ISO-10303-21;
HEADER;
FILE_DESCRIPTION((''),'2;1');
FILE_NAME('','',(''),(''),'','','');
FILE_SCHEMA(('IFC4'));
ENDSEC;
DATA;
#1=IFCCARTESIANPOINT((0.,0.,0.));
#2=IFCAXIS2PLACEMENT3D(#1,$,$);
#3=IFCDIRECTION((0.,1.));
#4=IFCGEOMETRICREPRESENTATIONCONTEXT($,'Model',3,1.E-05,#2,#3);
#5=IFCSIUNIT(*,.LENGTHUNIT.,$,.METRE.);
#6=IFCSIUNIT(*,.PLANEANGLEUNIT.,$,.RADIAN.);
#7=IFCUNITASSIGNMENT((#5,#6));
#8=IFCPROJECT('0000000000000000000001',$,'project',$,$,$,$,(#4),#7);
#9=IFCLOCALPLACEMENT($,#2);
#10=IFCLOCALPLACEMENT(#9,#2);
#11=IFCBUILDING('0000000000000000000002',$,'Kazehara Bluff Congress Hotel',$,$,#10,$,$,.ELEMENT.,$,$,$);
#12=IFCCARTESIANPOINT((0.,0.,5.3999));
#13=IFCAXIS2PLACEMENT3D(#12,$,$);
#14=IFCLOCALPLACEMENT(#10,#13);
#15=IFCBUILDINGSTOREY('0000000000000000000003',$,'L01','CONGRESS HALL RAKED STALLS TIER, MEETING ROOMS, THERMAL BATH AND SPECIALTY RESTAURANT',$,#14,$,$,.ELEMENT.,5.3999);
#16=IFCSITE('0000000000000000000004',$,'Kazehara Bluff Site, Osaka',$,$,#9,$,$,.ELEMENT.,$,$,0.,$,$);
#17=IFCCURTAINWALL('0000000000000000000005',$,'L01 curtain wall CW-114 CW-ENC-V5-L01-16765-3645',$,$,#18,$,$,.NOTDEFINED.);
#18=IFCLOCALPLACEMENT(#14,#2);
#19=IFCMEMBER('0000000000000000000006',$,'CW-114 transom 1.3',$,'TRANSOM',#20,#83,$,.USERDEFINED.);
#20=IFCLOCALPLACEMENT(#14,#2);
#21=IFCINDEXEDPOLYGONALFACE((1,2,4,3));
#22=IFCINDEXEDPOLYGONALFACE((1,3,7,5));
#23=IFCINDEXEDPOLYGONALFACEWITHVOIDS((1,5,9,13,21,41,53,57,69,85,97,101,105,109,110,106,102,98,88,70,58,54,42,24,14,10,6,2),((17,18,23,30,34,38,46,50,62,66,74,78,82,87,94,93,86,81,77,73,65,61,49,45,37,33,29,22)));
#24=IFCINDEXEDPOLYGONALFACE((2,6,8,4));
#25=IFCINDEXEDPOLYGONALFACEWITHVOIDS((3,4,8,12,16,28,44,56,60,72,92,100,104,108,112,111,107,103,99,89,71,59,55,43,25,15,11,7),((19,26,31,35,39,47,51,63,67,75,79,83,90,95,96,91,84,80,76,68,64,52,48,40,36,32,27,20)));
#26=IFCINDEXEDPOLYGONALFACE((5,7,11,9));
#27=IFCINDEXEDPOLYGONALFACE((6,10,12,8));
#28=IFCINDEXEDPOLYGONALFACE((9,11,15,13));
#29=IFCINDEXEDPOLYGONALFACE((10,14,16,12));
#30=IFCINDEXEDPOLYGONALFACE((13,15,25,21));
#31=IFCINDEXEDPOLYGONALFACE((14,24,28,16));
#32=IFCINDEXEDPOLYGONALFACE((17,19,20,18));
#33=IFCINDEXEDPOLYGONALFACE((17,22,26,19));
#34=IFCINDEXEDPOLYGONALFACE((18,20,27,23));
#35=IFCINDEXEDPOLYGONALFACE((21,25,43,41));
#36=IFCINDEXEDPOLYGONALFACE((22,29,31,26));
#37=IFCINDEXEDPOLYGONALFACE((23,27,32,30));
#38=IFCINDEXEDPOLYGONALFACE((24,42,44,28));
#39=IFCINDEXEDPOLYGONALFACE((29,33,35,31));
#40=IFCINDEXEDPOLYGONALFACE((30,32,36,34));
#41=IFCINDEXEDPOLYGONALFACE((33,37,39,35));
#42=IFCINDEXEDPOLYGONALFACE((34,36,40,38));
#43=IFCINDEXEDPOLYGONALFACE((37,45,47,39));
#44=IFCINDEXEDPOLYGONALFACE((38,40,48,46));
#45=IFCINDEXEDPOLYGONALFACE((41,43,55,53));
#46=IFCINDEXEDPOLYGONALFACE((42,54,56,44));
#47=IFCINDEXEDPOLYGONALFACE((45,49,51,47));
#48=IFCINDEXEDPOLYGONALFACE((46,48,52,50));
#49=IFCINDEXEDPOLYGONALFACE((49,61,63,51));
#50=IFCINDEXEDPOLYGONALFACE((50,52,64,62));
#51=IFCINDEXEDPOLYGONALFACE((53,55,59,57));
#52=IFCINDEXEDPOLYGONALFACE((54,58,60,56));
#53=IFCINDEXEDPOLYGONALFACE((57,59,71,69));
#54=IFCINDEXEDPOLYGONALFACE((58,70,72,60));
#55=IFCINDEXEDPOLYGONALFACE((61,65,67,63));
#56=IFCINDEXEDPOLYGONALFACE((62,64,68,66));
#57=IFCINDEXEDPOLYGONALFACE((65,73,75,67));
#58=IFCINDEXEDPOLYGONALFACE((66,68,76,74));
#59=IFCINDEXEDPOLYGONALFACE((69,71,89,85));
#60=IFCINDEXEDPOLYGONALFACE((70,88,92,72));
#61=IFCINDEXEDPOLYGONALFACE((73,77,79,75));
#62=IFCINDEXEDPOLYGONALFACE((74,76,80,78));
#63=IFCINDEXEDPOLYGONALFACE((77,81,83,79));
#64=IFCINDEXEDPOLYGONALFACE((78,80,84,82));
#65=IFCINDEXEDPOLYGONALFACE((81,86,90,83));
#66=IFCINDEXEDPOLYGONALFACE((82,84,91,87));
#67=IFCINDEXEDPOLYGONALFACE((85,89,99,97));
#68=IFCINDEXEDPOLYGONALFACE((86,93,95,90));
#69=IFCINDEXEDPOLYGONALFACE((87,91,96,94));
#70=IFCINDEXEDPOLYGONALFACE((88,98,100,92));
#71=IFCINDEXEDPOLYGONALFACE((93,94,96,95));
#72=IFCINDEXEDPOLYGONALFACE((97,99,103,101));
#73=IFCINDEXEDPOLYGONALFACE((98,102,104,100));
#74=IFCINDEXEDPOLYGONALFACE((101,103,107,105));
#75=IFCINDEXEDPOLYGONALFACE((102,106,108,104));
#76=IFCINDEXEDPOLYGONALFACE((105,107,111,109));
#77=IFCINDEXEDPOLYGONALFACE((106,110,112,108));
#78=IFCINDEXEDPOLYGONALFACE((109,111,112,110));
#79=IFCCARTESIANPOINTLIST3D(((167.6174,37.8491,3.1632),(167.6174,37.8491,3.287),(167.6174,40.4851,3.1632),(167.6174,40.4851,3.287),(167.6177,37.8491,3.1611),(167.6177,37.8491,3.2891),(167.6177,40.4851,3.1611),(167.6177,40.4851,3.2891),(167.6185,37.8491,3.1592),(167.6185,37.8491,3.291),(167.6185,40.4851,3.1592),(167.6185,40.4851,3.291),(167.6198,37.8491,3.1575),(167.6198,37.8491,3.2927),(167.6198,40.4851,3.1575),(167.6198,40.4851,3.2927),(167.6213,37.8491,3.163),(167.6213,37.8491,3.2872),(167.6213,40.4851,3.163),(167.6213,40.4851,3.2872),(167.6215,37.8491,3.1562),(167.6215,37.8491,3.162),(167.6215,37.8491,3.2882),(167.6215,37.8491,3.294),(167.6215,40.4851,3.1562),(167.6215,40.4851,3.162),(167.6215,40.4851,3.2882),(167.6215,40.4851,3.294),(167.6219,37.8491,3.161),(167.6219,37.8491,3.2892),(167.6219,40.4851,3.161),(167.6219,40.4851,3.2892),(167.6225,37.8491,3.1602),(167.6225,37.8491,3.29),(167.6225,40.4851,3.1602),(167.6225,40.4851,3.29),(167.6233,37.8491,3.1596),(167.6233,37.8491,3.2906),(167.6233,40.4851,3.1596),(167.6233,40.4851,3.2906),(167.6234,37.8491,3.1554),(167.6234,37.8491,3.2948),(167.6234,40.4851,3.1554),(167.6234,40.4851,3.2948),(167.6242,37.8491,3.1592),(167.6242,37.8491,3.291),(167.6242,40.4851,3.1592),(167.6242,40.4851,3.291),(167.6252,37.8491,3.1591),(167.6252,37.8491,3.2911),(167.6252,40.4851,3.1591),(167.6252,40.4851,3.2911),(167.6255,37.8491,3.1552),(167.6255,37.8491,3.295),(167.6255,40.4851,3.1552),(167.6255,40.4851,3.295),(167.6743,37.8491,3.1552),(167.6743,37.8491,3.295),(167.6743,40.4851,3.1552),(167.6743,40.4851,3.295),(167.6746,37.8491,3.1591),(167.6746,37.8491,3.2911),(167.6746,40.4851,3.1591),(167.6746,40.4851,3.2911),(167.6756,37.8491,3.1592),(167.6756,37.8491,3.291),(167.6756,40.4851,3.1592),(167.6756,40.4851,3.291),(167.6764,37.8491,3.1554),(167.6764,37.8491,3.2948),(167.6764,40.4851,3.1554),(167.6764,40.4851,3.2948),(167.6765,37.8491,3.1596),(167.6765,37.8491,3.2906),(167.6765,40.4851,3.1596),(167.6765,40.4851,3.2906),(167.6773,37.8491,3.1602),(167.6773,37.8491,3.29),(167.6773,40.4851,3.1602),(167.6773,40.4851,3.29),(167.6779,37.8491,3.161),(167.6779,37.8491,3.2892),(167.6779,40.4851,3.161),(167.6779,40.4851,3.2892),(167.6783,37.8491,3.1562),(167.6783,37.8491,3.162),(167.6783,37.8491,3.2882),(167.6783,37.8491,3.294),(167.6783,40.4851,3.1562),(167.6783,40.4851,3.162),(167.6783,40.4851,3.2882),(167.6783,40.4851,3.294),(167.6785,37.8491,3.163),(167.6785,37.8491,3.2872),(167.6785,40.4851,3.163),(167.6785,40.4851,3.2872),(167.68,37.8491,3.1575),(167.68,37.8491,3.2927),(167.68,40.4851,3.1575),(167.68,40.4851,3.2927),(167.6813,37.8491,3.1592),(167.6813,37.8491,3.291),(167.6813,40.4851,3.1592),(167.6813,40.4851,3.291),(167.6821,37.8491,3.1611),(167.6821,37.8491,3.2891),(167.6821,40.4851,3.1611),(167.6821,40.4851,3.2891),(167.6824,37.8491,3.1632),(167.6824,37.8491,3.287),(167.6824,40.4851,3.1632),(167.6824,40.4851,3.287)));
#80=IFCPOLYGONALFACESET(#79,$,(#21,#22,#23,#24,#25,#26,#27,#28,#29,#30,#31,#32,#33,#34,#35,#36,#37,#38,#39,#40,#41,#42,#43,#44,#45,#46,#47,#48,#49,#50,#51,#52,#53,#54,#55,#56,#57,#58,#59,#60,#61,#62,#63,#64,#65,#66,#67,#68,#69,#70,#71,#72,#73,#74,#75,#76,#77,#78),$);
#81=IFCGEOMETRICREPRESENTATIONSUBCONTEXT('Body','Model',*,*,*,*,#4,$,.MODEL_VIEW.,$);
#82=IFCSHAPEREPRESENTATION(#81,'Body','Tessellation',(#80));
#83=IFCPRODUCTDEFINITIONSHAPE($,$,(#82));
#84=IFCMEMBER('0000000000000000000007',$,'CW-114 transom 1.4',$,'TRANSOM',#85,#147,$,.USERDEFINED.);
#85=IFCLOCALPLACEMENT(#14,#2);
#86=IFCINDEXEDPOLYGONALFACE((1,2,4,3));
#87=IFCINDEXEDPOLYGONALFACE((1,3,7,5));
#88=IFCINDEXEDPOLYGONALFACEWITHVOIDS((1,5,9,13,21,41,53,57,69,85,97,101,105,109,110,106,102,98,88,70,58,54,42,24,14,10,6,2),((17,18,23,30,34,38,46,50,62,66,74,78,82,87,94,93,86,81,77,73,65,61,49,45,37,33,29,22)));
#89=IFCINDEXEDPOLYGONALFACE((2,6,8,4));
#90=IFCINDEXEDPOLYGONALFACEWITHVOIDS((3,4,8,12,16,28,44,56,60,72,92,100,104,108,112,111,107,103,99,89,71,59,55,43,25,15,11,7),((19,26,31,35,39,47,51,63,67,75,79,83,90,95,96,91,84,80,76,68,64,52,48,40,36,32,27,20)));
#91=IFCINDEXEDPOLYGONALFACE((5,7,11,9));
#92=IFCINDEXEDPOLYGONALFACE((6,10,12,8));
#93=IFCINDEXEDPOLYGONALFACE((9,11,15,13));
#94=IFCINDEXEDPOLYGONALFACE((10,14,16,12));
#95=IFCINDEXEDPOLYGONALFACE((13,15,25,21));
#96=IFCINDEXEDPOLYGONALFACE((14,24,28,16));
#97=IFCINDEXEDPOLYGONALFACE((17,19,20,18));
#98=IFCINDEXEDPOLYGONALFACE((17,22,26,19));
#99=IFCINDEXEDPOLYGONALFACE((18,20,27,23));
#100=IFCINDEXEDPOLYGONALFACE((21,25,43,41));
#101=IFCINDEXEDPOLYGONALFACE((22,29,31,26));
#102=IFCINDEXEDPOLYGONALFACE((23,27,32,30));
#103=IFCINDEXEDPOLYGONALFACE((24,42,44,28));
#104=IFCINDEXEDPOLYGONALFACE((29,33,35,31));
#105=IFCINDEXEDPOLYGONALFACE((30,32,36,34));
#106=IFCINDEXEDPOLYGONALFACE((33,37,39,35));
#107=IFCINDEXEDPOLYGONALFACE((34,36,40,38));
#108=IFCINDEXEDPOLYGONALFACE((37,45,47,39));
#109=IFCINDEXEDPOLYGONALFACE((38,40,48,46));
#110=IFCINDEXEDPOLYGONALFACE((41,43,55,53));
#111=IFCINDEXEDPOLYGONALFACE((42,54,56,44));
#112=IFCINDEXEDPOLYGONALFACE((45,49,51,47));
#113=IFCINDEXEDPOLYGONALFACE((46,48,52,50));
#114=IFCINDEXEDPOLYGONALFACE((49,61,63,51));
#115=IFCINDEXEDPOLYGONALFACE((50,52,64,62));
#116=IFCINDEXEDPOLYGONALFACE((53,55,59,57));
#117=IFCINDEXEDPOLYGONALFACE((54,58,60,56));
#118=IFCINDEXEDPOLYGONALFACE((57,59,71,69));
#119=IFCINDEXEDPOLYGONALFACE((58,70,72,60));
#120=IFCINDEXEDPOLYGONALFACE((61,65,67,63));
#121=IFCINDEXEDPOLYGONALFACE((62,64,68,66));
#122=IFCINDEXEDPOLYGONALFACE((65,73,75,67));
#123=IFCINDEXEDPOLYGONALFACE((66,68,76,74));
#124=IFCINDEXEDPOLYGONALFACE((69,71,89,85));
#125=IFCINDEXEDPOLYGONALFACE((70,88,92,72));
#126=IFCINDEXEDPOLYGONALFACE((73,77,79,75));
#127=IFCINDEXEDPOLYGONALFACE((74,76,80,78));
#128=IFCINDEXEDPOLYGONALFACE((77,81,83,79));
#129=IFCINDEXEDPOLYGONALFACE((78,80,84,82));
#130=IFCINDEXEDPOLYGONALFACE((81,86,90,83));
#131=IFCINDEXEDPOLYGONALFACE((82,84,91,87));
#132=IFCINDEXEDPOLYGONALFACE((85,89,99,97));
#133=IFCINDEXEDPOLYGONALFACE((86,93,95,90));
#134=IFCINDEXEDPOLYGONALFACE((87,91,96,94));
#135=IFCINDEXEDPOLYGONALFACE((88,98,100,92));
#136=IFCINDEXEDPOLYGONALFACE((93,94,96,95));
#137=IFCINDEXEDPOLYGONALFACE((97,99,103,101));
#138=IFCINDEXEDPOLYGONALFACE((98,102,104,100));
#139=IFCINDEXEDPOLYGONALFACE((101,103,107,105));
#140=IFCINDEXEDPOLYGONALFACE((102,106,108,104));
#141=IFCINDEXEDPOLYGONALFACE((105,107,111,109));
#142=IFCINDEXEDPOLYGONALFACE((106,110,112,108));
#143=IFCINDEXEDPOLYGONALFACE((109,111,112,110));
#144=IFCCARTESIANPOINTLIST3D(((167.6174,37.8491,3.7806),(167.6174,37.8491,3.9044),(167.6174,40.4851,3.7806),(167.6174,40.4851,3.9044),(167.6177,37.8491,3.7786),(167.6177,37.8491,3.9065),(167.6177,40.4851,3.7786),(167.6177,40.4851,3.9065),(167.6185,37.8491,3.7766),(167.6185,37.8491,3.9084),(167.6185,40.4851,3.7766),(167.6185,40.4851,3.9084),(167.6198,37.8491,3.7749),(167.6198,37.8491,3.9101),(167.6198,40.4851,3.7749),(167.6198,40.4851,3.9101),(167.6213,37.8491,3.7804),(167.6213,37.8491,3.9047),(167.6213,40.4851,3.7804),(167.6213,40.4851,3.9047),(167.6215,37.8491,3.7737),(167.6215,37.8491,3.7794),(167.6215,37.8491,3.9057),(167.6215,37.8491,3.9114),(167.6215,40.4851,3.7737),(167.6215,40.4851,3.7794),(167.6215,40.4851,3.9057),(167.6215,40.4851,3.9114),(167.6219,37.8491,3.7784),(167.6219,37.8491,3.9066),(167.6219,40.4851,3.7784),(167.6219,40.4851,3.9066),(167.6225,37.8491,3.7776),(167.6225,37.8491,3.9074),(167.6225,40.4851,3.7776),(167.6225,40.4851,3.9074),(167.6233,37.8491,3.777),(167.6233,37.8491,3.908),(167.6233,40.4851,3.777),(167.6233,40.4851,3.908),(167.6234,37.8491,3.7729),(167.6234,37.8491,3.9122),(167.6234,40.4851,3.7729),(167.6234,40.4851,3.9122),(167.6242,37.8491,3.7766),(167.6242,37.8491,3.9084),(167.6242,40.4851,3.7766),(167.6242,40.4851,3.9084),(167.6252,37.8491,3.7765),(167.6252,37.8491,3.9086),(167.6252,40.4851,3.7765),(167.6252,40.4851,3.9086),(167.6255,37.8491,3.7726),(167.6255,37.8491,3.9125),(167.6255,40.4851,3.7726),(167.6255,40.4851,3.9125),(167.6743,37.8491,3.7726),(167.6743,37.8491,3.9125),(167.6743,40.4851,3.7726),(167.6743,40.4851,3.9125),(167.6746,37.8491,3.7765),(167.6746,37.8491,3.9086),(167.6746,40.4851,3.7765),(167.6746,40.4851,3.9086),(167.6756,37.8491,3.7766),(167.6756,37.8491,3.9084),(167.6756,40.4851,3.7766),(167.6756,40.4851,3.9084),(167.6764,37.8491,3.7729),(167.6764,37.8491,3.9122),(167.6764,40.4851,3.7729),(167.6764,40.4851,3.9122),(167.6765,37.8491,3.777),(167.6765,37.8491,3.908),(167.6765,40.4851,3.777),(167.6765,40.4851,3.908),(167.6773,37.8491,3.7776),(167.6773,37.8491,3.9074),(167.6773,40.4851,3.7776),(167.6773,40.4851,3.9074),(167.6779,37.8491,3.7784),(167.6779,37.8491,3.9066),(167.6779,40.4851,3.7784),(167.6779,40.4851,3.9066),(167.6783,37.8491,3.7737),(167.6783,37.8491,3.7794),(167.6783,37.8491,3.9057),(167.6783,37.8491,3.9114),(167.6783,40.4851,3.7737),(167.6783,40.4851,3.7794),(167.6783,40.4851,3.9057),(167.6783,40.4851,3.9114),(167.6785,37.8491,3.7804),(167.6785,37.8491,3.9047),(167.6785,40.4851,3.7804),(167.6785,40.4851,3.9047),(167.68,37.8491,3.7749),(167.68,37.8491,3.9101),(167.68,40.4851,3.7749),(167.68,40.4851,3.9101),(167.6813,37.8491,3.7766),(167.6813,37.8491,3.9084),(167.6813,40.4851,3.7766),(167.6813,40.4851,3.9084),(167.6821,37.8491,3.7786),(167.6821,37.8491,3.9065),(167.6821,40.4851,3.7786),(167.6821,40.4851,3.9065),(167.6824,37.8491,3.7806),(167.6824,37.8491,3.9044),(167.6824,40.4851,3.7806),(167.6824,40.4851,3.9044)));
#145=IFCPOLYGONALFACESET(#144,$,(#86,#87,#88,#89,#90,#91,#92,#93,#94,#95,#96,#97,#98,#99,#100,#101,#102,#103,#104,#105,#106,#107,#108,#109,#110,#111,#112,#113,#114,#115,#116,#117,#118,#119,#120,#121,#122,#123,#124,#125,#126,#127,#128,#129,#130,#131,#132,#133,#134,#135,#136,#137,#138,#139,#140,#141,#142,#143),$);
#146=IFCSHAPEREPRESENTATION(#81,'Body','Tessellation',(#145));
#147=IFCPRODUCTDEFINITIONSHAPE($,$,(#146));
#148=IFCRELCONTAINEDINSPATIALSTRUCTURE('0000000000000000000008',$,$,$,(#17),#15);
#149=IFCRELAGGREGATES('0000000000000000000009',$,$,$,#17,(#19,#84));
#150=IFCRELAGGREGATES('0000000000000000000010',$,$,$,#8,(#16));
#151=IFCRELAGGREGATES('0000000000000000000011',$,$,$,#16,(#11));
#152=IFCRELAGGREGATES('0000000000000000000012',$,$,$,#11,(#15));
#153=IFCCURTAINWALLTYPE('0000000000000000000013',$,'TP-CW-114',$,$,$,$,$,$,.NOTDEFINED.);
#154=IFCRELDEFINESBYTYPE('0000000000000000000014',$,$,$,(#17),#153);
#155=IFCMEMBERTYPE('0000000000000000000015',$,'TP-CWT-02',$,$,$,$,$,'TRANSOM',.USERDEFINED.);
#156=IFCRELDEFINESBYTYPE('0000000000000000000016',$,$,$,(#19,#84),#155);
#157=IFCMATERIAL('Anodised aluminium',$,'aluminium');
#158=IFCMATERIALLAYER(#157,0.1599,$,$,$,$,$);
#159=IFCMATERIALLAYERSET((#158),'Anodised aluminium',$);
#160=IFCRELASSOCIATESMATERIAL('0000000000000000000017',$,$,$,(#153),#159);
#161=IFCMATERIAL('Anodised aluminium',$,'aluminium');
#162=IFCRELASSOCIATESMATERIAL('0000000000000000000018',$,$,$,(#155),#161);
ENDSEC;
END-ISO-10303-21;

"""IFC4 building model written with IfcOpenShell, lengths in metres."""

from ifc_helpers import new_model, si_unit, direction, frame, origin, origin_2d, place, context, subcontext, project, spatial, hollow_rectangle, extrude, material, layer, layer_set, material_profile, profile_set, type_object, element, aggregate, save


model = new_model("IFC4")

# Units and contexts
model_context = context("Model", 3, precision=1e-05, world=origin(), true_north=direction((0.0, 1.0)))
body_context = subcontext(model_context, "Body", "Model", "MODEL_VIEW")
ifc_project = project(units=[si_unit("LENGTHUNIT", "METRE"), si_unit("PLANEANGLEUNIT", "RADIAN")], contexts=[model_context])

# Site, building, storey
site_placement = place(None, origin())
site = spatial("IfcSite", under=ifc_project, at=site_placement, Name="Kazehara Bluff Site, Osaka", CompositionType="ELEMENT", RefElevation=0.0)
building_placement = place(site_placement, origin())
building = spatial("IfcBuilding", under=site, at=building_placement, Name="Kazehara Bluff Congress Hotel", CompositionType="ELEMENT")
storey_placement = place(building_placement, frame((0.0, 0.0, 5.3999)))
storey = spatial("IfcBuildingStorey", under=building, at=storey_placement, Name="L01", Description="CONGRESS HALL RAKED STALLS TIER, MEETING ROOMS, THERMAL BATH AND SPECIALTY RESTAURANT", CompositionType="ELEMENT", Elevation=5.3999)

# Curtain wall
ifc_material_1 = material(Name="Anodised aluminium", Category="aluminium")
ifc_layer_1 = layer(ifc_material_1, 0.1599)
ifc_layer_set_1 = layer_set([ifc_layer_1], Name="Anodised aluminium")
curtain_wall_type_1 = type_object("IfcCurtainWallType", Name="TP-CW-114", PredefinedType="NOTDEFINED", material=ifc_layer_set_1)
curtain_wall_1_placement = place(storey_placement, origin())
curtain_wall_1 = element("IfcCurtainWall", 1, at=curtain_wall_1_placement, inside=storey, type_object=curtain_wall_type_1, Name="L01 curtain wall CW-114 CW-ENC-V5-L01-16765-3645", PredefinedType="NOTDEFINED")

# Members
ifc_material_2 = material(Name="Anodised aluminium", Category="aluminium")
ifc_material_profile_1 = material_profile(ifc_material_2, hollow_rectangle(XDim=0.0649, YDim=0.1399, WallThickness=0.0039, InnerFilletRadius=0.0039, OuterFilletRadius=0.0081, at=origin_2d()))
ifc_profile_set_1 = profile_set([ifc_material_profile_1], Name="Anodised aluminium")
member_type_1 = type_object("IfcMemberType", Name="TP-CWT-02", ElementType="TRANSOM", PredefinedType="USERDEFINED", material=ifc_profile_set_1)
member_1_placement = place(storey_placement, frame((167.6499, 40.4851, 3.2251), z_axis=(0.0, -1.0, 0.0), x_axis=(1.0, 0.0, 0.0)))
member_1 = element("IfcMember", 2, at=member_1_placement, type_object=member_type_1, Name="CW-114 transom 1.3", ObjectType="TRANSOM", PredefinedType="USERDEFINED", context=body_context, shape_type="SweptSolid", body=[
    extrude(hollow_rectangle(XDim=0.0649, YDim=0.1399, WallThickness=0.0039, InnerFilletRadius=0.0039, OuterFilletRadius=0.0081, at=origin_2d()), origin(), (0.0, 0.0, 1.0), 2.636),
])
member_2_placement = place(storey_placement, frame((167.6499, 40.4851, 3.8425), z_axis=(0.0, -1.0, 0.0), x_axis=(1.0, 0.0, 0.0)))
member_2 = element("IfcMember", 3, at=member_2_placement, type_object=member_type_1, Name="CW-114 transom 1.4", ObjectType="TRANSOM", PredefinedType="USERDEFINED", context=body_context, shape_type="SweptSolid", body=[
    extrude(hollow_rectangle(XDim=0.0649, YDim=0.1399, WallThickness=0.0039, InnerFilletRadius=0.0039, OuterFilletRadius=0.0081, at=origin_2d()), origin(), (0.0, 0.0, 1.0), 2.636),
])

aggregate(curtain_wall_1, [member_1, member_2])

save(model, "model.ifc")
